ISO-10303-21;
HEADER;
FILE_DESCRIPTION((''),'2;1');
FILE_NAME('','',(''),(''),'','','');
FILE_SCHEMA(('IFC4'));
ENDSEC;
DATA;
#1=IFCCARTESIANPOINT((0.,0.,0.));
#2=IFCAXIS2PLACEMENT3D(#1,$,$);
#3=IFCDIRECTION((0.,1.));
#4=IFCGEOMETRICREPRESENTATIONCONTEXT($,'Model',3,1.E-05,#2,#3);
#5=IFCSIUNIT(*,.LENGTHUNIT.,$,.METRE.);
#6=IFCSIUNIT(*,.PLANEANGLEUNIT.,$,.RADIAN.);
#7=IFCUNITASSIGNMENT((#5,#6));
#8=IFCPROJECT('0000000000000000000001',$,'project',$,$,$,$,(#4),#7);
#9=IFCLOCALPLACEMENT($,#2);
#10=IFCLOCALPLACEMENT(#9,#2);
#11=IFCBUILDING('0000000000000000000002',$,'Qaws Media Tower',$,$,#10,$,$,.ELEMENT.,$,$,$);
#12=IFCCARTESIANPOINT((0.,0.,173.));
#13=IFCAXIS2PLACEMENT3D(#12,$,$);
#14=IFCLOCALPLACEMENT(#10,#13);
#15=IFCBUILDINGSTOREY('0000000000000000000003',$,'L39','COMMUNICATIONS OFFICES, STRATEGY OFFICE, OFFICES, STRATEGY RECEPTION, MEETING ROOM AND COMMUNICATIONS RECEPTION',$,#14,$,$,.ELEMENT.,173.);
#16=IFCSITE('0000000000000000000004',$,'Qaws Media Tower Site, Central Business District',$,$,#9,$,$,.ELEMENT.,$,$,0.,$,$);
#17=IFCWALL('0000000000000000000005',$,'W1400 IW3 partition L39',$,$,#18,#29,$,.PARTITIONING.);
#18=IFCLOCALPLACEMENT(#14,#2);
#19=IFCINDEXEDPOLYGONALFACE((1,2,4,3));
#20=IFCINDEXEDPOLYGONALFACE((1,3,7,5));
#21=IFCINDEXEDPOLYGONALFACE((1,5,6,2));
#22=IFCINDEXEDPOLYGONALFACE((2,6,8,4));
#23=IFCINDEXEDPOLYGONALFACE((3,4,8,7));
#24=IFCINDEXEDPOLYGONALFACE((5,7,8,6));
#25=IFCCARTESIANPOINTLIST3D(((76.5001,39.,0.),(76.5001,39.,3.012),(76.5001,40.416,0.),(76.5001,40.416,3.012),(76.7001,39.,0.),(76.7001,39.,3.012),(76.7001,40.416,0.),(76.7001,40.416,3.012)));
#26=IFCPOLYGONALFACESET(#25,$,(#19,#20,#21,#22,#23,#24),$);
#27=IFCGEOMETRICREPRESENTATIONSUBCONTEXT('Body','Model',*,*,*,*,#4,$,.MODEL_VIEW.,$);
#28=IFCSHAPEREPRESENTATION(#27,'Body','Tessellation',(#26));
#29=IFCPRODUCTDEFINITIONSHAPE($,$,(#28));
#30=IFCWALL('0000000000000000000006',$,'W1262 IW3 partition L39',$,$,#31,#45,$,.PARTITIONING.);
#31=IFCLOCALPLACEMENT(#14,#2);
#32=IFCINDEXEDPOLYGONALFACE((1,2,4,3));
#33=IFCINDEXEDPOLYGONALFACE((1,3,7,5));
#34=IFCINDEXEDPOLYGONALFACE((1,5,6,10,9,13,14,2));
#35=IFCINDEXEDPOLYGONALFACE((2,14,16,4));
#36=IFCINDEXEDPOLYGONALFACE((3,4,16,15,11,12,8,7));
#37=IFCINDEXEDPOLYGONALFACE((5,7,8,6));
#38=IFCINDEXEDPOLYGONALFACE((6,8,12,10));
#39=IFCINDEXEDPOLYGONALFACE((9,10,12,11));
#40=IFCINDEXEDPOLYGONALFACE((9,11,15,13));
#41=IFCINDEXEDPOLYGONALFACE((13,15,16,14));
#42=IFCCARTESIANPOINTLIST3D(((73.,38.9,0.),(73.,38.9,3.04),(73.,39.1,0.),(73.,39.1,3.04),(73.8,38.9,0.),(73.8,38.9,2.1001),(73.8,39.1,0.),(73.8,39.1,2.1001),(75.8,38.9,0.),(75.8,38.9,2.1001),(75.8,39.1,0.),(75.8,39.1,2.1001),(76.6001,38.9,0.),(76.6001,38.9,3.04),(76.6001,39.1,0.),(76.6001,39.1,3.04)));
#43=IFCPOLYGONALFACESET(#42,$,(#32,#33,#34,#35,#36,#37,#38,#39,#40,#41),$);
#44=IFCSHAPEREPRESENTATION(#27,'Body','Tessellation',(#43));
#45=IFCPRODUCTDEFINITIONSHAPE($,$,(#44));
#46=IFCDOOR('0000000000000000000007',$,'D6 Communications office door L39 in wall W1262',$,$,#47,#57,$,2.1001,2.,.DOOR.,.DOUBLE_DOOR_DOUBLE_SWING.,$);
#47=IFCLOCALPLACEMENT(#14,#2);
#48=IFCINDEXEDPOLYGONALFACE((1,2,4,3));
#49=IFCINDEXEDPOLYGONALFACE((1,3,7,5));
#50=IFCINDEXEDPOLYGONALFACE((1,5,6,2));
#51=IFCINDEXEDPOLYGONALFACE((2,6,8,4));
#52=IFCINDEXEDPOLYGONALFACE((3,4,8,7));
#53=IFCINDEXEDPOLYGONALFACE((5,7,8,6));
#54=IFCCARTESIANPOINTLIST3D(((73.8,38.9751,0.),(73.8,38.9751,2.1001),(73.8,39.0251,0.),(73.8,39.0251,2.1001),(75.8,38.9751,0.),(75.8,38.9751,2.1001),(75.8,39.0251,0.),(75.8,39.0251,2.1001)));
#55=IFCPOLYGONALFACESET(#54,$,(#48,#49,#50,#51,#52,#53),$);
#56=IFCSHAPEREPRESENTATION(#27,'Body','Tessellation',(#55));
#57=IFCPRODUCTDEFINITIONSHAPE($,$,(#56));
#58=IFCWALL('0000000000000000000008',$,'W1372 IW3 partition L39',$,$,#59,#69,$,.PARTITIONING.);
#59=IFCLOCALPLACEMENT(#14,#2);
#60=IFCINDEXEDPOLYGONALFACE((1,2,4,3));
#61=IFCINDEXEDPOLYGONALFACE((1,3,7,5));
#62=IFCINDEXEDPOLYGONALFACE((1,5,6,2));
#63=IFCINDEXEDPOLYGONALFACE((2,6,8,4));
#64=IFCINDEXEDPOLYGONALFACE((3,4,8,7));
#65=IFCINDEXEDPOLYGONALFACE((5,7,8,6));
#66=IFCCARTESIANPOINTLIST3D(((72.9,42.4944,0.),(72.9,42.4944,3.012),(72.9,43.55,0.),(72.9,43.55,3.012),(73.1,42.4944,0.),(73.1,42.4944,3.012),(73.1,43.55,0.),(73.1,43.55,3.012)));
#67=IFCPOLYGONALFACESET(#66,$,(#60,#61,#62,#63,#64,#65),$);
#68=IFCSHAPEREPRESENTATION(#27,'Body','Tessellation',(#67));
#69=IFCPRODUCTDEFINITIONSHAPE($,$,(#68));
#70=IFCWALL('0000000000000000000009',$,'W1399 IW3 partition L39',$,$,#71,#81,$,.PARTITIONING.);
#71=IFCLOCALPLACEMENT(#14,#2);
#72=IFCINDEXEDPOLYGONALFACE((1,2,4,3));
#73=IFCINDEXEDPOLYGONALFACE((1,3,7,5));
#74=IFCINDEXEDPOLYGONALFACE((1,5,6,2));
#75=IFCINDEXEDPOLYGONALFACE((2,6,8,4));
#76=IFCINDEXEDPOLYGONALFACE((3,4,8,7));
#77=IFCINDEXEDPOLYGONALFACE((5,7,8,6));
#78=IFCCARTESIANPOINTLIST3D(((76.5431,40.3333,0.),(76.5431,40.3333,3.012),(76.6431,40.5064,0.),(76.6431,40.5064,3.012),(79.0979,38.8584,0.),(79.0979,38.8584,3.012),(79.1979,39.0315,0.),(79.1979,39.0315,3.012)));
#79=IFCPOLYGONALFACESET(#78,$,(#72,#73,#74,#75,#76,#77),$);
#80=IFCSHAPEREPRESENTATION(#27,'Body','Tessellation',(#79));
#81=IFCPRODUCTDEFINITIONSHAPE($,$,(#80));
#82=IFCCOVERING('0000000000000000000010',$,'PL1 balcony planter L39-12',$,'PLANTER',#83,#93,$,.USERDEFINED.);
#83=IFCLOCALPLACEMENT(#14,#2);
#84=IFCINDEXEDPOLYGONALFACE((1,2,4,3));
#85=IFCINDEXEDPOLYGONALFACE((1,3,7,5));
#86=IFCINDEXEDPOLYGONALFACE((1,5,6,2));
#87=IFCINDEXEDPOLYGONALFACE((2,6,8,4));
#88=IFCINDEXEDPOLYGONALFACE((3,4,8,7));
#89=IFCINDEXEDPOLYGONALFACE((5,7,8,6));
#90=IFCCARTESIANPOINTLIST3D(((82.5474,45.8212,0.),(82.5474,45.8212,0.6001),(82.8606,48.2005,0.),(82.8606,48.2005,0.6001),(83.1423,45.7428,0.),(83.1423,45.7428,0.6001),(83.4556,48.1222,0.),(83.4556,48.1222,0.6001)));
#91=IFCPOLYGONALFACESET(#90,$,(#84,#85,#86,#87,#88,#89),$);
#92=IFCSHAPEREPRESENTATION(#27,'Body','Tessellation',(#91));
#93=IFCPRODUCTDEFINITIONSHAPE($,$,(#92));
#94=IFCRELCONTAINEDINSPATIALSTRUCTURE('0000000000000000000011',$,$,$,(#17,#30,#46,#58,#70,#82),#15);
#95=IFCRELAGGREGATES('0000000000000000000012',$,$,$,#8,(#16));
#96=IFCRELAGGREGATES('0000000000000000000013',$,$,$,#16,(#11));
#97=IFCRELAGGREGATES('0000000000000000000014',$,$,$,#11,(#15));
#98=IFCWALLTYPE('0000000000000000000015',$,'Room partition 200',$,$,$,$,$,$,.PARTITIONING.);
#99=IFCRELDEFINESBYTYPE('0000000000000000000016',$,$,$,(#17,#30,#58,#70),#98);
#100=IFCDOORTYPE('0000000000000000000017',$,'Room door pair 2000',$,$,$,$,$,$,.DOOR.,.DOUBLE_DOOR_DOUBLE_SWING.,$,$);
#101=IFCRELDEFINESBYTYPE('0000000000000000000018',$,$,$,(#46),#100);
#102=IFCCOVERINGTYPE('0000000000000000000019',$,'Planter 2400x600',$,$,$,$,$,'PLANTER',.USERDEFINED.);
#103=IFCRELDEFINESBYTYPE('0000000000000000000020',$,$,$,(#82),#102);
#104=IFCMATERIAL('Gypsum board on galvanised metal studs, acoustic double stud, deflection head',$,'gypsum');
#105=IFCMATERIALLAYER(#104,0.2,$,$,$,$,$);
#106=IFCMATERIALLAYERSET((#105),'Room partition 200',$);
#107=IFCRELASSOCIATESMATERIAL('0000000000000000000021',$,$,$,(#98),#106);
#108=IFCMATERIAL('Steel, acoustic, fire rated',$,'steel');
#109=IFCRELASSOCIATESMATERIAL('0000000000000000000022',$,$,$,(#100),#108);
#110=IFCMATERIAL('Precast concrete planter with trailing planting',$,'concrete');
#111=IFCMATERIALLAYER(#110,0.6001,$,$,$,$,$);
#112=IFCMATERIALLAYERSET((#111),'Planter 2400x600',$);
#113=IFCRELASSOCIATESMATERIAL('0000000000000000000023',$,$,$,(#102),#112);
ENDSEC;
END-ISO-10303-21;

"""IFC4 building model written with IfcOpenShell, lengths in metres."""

from ifc_helpers import new_model, si_unit, direction, frame, frame_2d, origin, origin_2d, place, context, subcontext, project, spatial, rectangle, extrude, material, layer, layer_set, type_object, element, fill, save


model = new_model("IFC4")

# Units and contexts
model_context = context("Model", 3, precision=1e-05, world=origin(), true_north=direction((0.0, 1.0)))
body_context = subcontext(model_context, "Body", "Model", "MODEL_VIEW")
ifc_project = project(units=[si_unit("LENGTHUNIT", "METRE"), si_unit("PLANEANGLEUNIT", "RADIAN")], contexts=[model_context])

# Site, building, storey
site_placement = place(None, origin())
site = spatial("IfcSite", under=ifc_project, at=site_placement, Name="Qaws Media Tower Site, Central Business District", CompositionType="ELEMENT", RefElevation=0.0)
building_placement = place(site_placement, origin())
building = spatial("IfcBuilding", under=site, at=building_placement, Name="Qaws Media Tower", CompositionType="ELEMENT")
storey_placement = place(building_placement, frame((0.0, 0.0, 173.0)))
storey = spatial("IfcBuildingStorey", under=building, at=storey_placement, Name="L39", Description="COMMUNICATIONS OFFICES, STRATEGY OFFICE, OFFICES, STRATEGY RECEPTION, MEETING ROOM AND COMMUNICATIONS RECEPTION", CompositionType="ELEMENT", Elevation=173.0)

# Wall
ifc_material_1 = material(Name="Gypsum board on galvanised metal studs, acoustic double stud, deflection head", Category="gypsum")
ifc_layer_1 = layer(ifc_material_1, 0.2)
ifc_layer_set_1 = layer_set([ifc_layer_1], Name="Room partition 200")
wall_type_1 = type_object("IfcWallType", Name="Room partition 200", PredefinedType="PARTITIONING", material=ifc_layer_set_1)
wall_1_placement = place(storey_placement, frame((76.6001, 40.416, 0.0), z_axis=(0.0, 0.0, 1.0), x_axis=(0.0, -1.0, 0.0)))
element("IfcWall", 1, at=wall_1_placement, inside=storey, type_object=wall_type_1, Name="W1400 IW3 partition L39", PredefinedType="PARTITIONING", context=body_context, shape_type="SweptSolid", body=[
    extrude(rectangle(XDim=1.416, YDim=0.2, at=frame_2d((0.708, 0.0))), origin(), (0.0, 0.0, 1.0), 3.012),
])

# Wall, opening, door
wall_2_placement = place(storey_placement, frame((76.6001, 39.0, 0.0), z_axis=(0.0, 0.0, 1.0), x_axis=(-1.0, 0.0, 0.0)))
wall_2 = element("IfcWall", 2, at=wall_2_placement, inside=storey, type_object=wall_type_1, Name="W1262 IW3 partition L39", PredefinedType="PARTITIONING", context=body_context, shape_type="SweptSolid", body=[
    extrude(rectangle(XDim=3.6001, YDim=0.2, at=frame_2d((1.8, 0.0))), origin(), (0.0, 0.0, 1.0), 3.04),
])
opening_placement = place(wall_2_placement, frame((0.8, 0.0, 0.0)))
opening = element("IfcOpeningElement", 3, at=opening_placement, cuts=wall_2, PredefinedType="OPENING", context=body_context, shape_type="SweptSolid", body=[
    extrude(rectangle(XDim=2.0, YDim=2.1001, at=frame_2d((1.0, 1.05))), frame((0.0, 0.1099, 0.0), z_axis=(0.0, -1.0, 0.0), x_axis=(1.0, 0.0, 0.0)), (0.0, 0.0, 1.0), 0.22),
])
ifc_material_2 = material(Name="Steel, acoustic, fire rated", Category="steel")
door_type = type_object("IfcDoorType", Name="Room door pair 2000", OperationType="DOUBLE_DOOR_DOUBLE_SWING", PredefinedType="DOOR", material=ifc_material_2)
door_placement = place(opening_placement, origin())
door = element("IfcDoor", 4, at=door_placement, inside=storey, type_object=door_type, Name="D6 Communications office door L39 in wall W1262", OperationType="DOUBLE_DOOR_DOUBLE_SWING", OverallHeight=2.1001, OverallWidth=2.0, PredefinedType="DOOR", context=body_context, shape_type="SweptSolid", body=[
    extrude(rectangle(XDim=2.0, YDim=2.1001, at=frame_2d((1.0, 1.05))), frame((0.0, 0.0249, 0.0), z_axis=(0.0, -1.0, 0.0), x_axis=(1.0, 0.0, 0.0)), (0.0, 0.0, 1.0), 0.05),
])
fill(opening, door)

# Walls
wall_3_placement = place(storey_placement, frame((73.0, 42.4944, 0.0), z_axis=(0.0, 0.0, 1.0), x_axis=(0.0, 1.0, 0.0)))
element("IfcWall", 5, at=wall_3_placement, inside=storey, type_object=wall_type_1, Name="W1372 IW3 partition L39", PredefinedType="PARTITIONING", context=body_context, shape_type="SweptSolid", body=[
    extrude(rectangle(XDim=1.0557, YDim=0.2, at=frame_2d((0.5278, 0.0))), origin(), (0.0, 0.0, 1.0), 3.012),
])
wall_4_placement = place(storey_placement, frame((76.593, 40.4199, 0.0), z_axis=(0.0, 0.0, 1.0), x_axis=(0.866039, -0.499976, 0.0)))
element("IfcWall", 6, at=wall_4_placement, inside=storey, type_object=wall_type_1, Name="W1399 IW3 partition L39", PredefinedType="PARTITIONING", context=body_context, shape_type="SweptSolid", body=[
    extrude(rectangle(XDim=2.95, YDim=0.2, at=frame_2d((1.4751, 0.0))), origin(), (0.0, 0.0, 1.0), 3.012),
])

# Covering
ifc_material_3 = material(Name="Precast concrete planter with trailing planting", Category="concrete")
ifc_layer_2 = layer(ifc_material_3, 0.6001)
ifc_layer_set_2 = layer_set([ifc_layer_2], Name="Planter 2400x600")
covering_type = type_object("IfcCoveringType", Name="Planter 2400x600", ElementType="PLANTER", PredefinedType="USERDEFINED", material=ifc_layer_set_2)
covering_placement = place(storey_placement, frame((83.0015, 46.9717, 0.0), z_axis=(0.0, 0.0, 1.0), x_axis=(0.130526, 0.991445, 0.0)))
element("IfcCovering", 7, at=covering_placement, inside=storey, type_object=covering_type, Name="PL1 balcony planter L39-12", ObjectType="PLANTER", PredefinedType="USERDEFINED", context=body_context, shape_type="SweptSolid", body=[
    extrude(rectangle(XDim=2.3999, YDim=0.6001, at=origin_2d()), origin(), (0.0, 0.0, 1.0), 0.6001),
])

save(model, "model.ifc")
